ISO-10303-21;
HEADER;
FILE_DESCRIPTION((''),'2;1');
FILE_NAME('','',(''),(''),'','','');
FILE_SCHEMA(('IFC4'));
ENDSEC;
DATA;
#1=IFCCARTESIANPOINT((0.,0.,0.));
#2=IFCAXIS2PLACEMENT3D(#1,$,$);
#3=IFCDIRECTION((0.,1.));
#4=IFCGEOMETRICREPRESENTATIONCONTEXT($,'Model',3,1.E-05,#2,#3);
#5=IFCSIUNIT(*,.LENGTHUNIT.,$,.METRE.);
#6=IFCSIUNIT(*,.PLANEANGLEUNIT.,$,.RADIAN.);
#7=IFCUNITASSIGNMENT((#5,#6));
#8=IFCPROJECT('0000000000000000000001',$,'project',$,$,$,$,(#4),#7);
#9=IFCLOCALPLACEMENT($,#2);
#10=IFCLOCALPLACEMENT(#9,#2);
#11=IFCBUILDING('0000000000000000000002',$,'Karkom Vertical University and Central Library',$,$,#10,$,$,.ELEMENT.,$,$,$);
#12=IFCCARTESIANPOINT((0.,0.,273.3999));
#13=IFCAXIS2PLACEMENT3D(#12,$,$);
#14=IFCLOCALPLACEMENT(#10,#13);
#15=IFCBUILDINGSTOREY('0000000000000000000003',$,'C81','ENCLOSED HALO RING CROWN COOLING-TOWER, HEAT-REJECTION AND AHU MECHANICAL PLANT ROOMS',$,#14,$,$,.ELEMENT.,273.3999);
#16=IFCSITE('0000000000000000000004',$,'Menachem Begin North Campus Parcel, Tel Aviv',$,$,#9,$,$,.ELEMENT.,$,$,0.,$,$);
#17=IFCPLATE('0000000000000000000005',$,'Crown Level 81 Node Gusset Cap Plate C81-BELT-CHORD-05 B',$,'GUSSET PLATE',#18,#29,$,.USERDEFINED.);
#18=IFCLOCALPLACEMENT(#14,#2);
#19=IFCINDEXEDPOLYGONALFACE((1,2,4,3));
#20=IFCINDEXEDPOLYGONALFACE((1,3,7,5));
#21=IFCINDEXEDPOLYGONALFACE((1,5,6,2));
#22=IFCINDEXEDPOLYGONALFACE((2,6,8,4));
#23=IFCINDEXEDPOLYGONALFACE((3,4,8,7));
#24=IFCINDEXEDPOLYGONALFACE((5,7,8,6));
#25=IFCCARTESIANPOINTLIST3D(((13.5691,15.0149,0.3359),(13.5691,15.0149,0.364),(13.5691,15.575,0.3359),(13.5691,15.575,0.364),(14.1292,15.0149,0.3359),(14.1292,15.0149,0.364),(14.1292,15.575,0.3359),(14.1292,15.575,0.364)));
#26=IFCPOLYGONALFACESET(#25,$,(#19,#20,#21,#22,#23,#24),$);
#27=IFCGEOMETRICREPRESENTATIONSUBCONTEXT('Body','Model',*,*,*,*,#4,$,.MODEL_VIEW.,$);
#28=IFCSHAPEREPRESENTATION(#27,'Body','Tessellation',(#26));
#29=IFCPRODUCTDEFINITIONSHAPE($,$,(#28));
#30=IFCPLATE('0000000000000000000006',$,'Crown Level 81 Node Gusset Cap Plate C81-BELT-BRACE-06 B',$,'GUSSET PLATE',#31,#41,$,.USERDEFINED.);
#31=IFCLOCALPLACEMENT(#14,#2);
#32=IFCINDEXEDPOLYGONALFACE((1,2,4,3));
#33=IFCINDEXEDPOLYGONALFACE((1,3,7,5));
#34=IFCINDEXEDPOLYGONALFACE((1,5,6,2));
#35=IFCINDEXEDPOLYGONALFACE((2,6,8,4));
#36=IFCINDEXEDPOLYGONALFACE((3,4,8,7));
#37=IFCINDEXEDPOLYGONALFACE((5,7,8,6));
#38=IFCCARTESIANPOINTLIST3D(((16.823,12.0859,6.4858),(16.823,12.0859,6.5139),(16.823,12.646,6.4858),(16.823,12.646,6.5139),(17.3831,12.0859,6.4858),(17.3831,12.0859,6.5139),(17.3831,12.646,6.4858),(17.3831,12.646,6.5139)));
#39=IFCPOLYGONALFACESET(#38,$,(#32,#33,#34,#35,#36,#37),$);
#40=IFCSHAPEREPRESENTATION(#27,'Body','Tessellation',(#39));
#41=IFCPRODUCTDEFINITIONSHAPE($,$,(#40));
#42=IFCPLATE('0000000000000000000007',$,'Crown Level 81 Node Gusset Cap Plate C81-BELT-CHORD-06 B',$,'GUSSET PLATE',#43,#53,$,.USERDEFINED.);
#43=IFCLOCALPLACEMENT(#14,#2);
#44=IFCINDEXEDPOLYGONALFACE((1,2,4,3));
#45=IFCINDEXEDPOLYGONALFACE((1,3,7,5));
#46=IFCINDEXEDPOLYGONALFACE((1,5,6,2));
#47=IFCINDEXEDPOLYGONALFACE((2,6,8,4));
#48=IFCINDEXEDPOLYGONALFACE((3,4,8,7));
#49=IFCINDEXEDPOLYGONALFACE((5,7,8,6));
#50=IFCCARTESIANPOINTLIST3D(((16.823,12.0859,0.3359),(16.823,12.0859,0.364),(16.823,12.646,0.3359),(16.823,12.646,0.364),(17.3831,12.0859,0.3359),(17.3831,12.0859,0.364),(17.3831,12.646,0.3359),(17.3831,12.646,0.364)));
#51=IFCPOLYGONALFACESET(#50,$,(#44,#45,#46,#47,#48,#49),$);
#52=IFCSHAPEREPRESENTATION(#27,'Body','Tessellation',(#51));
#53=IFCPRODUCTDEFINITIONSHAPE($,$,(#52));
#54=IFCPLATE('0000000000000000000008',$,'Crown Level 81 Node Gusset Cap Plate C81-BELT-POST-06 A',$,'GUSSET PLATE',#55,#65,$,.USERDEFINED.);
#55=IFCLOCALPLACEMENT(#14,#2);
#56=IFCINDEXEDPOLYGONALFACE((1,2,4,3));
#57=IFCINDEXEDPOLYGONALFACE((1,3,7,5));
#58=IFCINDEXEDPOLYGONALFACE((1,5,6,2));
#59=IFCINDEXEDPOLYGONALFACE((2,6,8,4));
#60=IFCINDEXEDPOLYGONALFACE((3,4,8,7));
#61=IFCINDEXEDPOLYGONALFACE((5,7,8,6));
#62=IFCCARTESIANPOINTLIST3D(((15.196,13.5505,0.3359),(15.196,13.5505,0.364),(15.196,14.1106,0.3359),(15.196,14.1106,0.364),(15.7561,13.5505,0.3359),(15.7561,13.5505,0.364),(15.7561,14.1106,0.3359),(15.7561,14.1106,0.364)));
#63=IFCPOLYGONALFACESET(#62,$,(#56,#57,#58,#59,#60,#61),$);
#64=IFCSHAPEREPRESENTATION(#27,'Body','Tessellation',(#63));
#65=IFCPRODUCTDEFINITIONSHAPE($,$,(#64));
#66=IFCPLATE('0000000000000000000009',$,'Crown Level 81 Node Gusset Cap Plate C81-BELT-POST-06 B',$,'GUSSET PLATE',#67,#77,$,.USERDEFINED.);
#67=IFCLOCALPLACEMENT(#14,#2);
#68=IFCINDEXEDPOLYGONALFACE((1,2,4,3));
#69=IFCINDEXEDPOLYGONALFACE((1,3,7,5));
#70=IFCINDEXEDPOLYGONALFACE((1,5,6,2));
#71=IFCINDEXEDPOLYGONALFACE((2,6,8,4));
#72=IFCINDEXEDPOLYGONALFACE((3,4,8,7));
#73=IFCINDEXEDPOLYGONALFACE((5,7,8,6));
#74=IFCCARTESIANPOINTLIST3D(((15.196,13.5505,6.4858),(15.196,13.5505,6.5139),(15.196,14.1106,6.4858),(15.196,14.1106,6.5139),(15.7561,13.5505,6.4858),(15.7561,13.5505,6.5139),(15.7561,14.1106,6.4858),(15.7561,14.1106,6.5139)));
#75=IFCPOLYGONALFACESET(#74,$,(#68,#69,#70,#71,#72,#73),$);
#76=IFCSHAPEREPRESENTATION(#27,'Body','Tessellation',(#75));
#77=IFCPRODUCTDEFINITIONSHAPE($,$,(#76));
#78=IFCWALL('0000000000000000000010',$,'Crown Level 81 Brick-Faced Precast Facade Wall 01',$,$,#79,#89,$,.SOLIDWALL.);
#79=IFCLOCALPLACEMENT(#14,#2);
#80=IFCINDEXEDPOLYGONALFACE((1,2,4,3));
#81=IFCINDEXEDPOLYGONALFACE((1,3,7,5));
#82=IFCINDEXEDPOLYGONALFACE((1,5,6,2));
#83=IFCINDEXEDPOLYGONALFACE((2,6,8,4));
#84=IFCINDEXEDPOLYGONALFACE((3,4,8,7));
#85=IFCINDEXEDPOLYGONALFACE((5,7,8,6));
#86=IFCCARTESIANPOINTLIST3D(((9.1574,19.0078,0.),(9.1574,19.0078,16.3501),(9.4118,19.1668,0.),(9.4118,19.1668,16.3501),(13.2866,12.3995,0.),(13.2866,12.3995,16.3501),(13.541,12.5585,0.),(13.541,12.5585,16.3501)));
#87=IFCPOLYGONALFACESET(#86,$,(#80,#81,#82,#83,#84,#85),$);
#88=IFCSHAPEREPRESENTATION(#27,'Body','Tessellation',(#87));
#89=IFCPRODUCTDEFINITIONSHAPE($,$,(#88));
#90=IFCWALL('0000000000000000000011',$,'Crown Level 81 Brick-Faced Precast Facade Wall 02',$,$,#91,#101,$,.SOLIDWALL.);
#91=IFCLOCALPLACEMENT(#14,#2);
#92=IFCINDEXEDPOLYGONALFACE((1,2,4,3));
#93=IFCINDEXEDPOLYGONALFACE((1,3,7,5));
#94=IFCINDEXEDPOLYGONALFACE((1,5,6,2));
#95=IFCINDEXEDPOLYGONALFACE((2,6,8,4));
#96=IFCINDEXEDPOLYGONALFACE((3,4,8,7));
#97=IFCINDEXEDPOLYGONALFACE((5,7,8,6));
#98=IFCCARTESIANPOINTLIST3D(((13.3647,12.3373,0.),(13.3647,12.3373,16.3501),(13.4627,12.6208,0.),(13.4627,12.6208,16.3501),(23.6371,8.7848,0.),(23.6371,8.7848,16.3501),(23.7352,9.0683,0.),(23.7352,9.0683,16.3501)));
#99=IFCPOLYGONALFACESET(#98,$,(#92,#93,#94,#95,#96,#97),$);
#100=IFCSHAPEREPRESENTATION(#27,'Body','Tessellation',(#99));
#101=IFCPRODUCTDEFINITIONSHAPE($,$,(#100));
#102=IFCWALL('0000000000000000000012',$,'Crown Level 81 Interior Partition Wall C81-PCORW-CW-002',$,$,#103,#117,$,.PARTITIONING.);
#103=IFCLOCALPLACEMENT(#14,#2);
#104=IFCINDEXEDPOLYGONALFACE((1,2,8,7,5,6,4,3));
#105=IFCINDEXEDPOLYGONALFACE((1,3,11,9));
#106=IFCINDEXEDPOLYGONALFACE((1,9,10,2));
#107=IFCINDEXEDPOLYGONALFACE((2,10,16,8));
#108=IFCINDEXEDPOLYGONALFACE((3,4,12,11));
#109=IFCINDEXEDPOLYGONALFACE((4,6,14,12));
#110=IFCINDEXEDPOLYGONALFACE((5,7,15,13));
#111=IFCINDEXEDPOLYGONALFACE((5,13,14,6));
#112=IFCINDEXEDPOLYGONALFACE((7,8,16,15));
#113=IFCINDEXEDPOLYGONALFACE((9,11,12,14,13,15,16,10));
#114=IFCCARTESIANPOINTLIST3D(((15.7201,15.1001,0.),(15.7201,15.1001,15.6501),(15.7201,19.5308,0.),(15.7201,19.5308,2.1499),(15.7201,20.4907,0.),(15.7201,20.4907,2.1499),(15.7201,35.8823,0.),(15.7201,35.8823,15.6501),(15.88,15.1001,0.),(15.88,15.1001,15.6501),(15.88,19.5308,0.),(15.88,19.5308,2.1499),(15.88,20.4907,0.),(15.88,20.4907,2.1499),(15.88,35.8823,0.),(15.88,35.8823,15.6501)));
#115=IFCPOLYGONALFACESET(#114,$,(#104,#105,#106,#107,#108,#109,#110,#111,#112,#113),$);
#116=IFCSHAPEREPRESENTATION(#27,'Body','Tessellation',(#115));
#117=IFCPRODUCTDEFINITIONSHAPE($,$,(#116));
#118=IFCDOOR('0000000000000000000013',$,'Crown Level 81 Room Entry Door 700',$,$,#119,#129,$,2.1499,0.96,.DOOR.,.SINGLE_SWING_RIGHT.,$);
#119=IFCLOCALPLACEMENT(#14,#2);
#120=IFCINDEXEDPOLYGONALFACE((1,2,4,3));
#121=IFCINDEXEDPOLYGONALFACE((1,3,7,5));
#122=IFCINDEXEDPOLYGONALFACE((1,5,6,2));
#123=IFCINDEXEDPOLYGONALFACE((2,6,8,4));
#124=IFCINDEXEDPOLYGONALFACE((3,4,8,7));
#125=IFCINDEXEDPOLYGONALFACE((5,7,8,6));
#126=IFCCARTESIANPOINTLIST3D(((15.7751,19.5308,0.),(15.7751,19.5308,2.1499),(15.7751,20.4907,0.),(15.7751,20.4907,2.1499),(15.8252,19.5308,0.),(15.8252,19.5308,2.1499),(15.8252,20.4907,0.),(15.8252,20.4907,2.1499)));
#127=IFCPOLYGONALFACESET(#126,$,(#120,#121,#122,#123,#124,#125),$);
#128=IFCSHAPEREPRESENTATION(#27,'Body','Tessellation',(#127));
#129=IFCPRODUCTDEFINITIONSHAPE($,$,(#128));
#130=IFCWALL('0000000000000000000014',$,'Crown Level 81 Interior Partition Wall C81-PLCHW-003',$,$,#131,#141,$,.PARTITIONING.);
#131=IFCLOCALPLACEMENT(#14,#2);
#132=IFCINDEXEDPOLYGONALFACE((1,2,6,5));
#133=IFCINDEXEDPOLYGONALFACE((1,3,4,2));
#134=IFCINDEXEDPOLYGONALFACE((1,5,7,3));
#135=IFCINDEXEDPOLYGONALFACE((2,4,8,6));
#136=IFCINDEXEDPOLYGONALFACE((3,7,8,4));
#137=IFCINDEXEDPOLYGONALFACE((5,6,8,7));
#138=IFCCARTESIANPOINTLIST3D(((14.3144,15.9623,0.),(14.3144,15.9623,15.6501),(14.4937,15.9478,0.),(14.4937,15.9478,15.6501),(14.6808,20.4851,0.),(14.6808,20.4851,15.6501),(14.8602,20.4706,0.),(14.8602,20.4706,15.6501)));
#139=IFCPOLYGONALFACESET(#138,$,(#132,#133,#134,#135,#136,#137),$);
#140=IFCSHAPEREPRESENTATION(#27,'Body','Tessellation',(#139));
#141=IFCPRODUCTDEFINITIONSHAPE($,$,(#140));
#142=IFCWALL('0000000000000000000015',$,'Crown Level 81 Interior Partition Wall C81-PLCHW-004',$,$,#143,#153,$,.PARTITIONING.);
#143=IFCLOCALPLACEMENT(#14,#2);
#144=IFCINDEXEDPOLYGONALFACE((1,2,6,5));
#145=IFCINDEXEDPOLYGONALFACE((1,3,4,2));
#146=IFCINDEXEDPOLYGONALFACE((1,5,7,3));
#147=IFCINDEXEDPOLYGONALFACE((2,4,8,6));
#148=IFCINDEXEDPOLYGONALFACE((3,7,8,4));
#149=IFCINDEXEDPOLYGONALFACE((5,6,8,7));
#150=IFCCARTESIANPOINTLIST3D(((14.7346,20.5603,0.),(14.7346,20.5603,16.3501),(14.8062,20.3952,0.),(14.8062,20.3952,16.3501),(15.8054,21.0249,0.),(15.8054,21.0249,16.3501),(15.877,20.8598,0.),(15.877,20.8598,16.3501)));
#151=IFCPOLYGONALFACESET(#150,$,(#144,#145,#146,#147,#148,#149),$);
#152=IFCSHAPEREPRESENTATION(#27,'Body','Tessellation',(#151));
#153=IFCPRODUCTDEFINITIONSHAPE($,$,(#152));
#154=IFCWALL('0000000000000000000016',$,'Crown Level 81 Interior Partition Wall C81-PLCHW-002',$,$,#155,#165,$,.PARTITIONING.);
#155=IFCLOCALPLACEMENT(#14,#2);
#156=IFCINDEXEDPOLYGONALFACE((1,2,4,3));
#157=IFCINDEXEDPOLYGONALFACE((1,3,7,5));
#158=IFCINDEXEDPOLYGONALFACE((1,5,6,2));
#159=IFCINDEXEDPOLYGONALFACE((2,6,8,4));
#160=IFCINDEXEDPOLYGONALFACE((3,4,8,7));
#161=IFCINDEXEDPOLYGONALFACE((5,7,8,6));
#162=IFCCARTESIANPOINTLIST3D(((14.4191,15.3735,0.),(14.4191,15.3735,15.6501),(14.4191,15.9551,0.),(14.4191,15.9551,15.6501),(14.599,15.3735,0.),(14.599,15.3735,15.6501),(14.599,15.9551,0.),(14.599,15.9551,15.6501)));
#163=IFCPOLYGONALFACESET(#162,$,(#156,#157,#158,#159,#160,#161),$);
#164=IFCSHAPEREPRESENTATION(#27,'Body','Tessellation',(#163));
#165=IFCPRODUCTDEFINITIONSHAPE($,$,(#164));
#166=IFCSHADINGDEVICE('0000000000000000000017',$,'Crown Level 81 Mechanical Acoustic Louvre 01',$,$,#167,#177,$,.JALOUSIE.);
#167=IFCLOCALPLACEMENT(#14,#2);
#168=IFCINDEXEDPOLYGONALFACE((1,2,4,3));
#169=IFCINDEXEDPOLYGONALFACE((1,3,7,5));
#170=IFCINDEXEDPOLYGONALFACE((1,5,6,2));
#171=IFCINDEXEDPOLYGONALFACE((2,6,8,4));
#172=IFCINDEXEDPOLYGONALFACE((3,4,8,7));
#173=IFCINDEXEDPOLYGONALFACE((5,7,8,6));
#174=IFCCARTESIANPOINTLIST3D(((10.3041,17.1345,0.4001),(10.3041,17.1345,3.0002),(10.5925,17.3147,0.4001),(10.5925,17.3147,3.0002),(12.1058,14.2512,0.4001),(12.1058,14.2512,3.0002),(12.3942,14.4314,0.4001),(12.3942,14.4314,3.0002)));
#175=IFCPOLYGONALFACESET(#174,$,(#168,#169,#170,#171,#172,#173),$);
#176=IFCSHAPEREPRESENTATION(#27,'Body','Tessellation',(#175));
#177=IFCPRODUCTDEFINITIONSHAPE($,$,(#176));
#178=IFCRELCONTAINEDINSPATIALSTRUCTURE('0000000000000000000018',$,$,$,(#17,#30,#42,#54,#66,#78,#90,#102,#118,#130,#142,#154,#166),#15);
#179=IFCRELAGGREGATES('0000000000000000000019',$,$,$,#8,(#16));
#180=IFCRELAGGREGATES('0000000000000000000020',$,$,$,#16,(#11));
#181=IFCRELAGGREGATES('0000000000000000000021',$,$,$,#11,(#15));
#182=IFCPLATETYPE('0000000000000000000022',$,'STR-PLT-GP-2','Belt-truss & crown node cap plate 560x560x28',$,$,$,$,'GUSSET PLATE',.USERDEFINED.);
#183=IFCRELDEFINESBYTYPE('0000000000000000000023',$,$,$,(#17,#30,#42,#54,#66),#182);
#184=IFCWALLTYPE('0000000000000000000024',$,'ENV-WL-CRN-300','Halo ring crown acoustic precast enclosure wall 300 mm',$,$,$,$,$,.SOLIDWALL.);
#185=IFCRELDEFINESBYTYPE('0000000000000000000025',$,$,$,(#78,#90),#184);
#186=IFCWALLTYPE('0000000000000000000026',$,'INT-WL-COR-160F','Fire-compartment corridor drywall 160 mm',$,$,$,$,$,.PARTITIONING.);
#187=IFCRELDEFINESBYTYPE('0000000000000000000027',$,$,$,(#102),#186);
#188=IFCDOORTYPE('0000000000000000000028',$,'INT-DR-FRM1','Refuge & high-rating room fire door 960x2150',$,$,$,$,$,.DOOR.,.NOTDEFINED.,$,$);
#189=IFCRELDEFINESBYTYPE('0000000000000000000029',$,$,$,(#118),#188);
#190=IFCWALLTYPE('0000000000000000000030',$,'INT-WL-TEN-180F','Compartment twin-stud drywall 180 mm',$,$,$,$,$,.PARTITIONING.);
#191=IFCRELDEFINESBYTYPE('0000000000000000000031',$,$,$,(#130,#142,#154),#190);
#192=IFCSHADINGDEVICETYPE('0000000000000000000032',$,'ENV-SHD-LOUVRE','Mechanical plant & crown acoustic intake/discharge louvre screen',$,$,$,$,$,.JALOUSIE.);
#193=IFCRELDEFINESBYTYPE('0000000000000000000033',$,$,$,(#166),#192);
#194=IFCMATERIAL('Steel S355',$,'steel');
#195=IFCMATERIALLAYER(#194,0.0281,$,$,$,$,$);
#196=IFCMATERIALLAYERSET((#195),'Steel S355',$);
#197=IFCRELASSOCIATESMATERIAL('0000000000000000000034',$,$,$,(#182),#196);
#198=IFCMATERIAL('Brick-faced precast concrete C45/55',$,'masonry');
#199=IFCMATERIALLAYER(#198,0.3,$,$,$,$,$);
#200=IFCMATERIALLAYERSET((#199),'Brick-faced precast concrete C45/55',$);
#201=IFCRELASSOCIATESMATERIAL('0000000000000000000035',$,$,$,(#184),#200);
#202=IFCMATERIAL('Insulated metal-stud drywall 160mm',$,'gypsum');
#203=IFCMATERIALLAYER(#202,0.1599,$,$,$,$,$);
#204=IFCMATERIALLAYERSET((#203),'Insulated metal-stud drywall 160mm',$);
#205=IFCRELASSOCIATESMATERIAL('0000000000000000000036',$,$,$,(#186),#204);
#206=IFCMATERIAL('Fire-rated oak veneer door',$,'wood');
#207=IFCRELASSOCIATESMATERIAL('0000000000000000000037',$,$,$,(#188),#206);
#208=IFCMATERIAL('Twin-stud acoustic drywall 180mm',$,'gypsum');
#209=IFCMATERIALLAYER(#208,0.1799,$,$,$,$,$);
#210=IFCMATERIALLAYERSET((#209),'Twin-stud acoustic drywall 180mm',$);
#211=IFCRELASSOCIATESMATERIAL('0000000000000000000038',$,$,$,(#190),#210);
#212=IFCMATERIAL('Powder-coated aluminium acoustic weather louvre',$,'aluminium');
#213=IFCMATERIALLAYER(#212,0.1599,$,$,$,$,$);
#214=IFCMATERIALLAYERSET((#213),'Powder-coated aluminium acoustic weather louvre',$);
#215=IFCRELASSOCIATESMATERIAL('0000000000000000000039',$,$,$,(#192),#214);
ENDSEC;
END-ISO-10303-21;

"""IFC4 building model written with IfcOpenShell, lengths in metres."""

from ifc_helpers import new_model, si_unit, direction, frame, frame_2d, origin, origin_with_axes, origin_2d, place, context, subcontext, project, spatial, rectangle, extrude, source, transform, mapped, material, layer, layer_set, type_object, element, fill, save


model = new_model("IFC4")

# Units and contexts
model_context = context("Model", 3, precision=1e-05, world=origin(), true_north=direction((0.0, 1.0)))
body_context = subcontext(model_context, "Body", "Model", "MODEL_VIEW")
ifc_project = project(units=[si_unit("LENGTHUNIT", "METRE"), si_unit("PLANEANGLEUNIT", "RADIAN")], contexts=[model_context])

# Site, building, storey
site_placement = place(None, origin())
site = spatial("IfcSite", under=ifc_project, at=site_placement, Name="Menachem Begin North Campus Parcel, Tel Aviv", CompositionType="ELEMENT", RefElevation=0.0)
building_placement = place(site_placement, origin())
building = spatial("IfcBuilding", under=site, at=building_placement, Name="Karkom Vertical University and Central Library", CompositionType="ELEMENT")
storey_placement = place(building_placement, frame((0.0, 0.0, 273.3999)))
storey = spatial("IfcBuildingStorey", under=building, at=storey_placement, Name="C81", Description="ENCLOSED HALO RING CROWN COOLING-TOWER, HEAT-REJECTION AND AHU MECHANICAL PLANT ROOMS", CompositionType="ELEMENT", Elevation=273.3999)

# Shared definitions
ifc_material_1 = material(Name="Steel S355", Category="steel")

# Plates
ifc_layer_1 = layer(ifc_material_1, 0.0281)
ifc_layer_set_1 = layer_set([ifc_layer_1], Name="Steel S355")
plate_type = type_object("IfcPlateType", Name="STR-PLT-GP-2", Description="Belt-truss & crown node cap plate 560x560x28", ElementType="GUSSET PLATE", PredefinedType="USERDEFINED", material=ifc_layer_set_1)
shared_shape_1 = source(origin_with_axes(), body_context, "Body", "SweptSolid", [
    extrude(rectangle(XDim=0.5601, YDim=0.5601, at=origin_2d()), origin(), (0.0, 0.0, 1.0), 0.0281),
])
for number, where, z_axis, x_axis, name in (
    (1, (13.8491, 15.2949, 0.3359), (0.0, 0.0, 1.0), (1.0, 0.0, 0.0), "Crown Level 81 Node Gusset Cap Plate C81-BELT-CHORD-05 B"),
    (2, (17.103, 12.366, 6.4858), (0.0, 0.0, 1.0), (1.0, 0.0, 0.0), "Crown Level 81 Node Gusset Cap Plate C81-BELT-BRACE-06 B"),
    (3, (17.103, 12.366, 0.3359), (0.0, 0.0, 1.0), (1.0, 0.0, 0.0), "Crown Level 81 Node Gusset Cap Plate C81-BELT-CHORD-06 B"),
    (4, (15.4761, 13.8306, 0.3359), (0.0, 0.0, 1.0), (1.0, 0.0, 0.0), "Crown Level 81 Node Gusset Cap Plate C81-BELT-POST-06 A"),
    (5, (15.4761, 13.8306, 6.4858), (0.0, 0.0, 1.0), (1.0, 0.0, 0.0), "Crown Level 81 Node Gusset Cap Plate C81-BELT-POST-06 B"),
):
    element("IfcPlate", number, at=place(storey_placement, frame(where, z_axis=z_axis, x_axis=x_axis)), inside=storey, type_object=plate_type, Name=name, ObjectType="GUSSET PLATE", PredefinedType="USERDEFINED", context=body_context, shape_type="MappedRepresentation", body=[
        mapped(shared_shape_1, transform((0.0, 0.0, 0.0), scale=1.0)),
    ])

# Walls
ifc_material_2 = material(Name="Brick-faced precast concrete C45/55", Category="masonry")
ifc_layer_2 = layer(ifc_material_2, 0.3)
ifc_layer_set_2 = layer_set([ifc_layer_2], Name="Brick-faced precast concrete C45/55")
wall_type_1 = type_object("IfcWallType", Name="ENV-WL-CRN-300", Description="Halo ring crown acoustic precast enclosure wall 300 mm", PredefinedType="SOLIDWALL", material=ifc_layer_set_2)
wall_1_placement = place(storey_placement, frame((9.2847, 19.0872, 0.0), z_axis=(0.0, 0.0, 1.0), x_axis=(0.529912, -0.848053, 0.0)))
element("IfcWall", 6, at=wall_1_placement, inside=storey, type_object=wall_type_1, Name="Crown Level 81 Brick-Faced Precast Facade Wall 01", PredefinedType="SOLIDWALL", context=body_context, shape_type="SweptSolid", body=[
    extrude(rectangle(XDim=7.7922, YDim=0.3, at=frame_2d((3.896, 0.0))), origin(), (0.0, 0.0, 1.0), 16.3501),
])
wall_2_placement = place(storey_placement, frame((13.4138, 12.479, 0.0), z_axis=(0.0, 0.0, 1.0), x_axis=(0.945082, -0.326834, 0.0)))
element("IfcWall", 7, at=wall_2_placement, inside=storey, type_object=wall_type_1, Name="Crown Level 81 Brick-Faced Precast Facade Wall 02", PredefinedType="SOLIDWALL", context=body_context, shape_type="SweptSolid", body=[
    extrude(rectangle(XDim=10.8694, YDim=0.3, at=frame_2d((5.4346, 0.0))), origin(), (0.0, 0.0, 1.0), 16.3501),
])

# Wall, opening, door
ifc_material_3 = material(Name="Insulated metal-stud drywall 160mm", Category="gypsum")
ifc_layer_3 = layer(ifc_material_3, 0.1599)
ifc_layer_set_3 = layer_set([ifc_layer_3], Name="Insulated metal-stud drywall 160mm")
wall_type_2 = type_object("IfcWallType", Name="INT-WL-COR-160F", Description="Fire-compartment corridor drywall 160 mm", PredefinedType="PARTITIONING", material=ifc_layer_set_3)
wall_3_placement = place(storey_placement, frame((15.8, 15.1001, 0.0), z_axis=(0.0, 0.0, 1.0), x_axis=(0.0, 1.0, 0.0)))
wall_3 = element("IfcWall", 8, at=wall_3_placement, inside=storey, type_object=wall_type_2, Name="Crown Level 81 Interior Partition Wall C81-PCORW-CW-002", PredefinedType="PARTITIONING", context=body_context, shape_type="SweptSolid", body=[
    extrude(rectangle(XDim=20.7822, YDim=0.1599, at=frame_2d((10.3911, 0.0))), origin(), (0.0, 0.0, 1.0), 15.6501),
])
opening_placement = place(wall_3_placement, frame((4.4307, 0.0, 0.0)))
opening = element("IfcOpeningElement", 9, at=opening_placement, cuts=wall_3, PredefinedType="OPENING", context=body_context, shape_type="SweptSolid", body=[
    extrude(rectangle(XDim=0.96, YDim=2.1499, at=frame_2d((0.48, 1.075))), frame((0.0, 0.0898, 0.0), z_axis=(0.0, -1.0, 0.0), x_axis=(1.0, 0.0, 0.0)), (0.0, 0.0, 1.0), 0.1799),
])
ifc_material_4 = material(Name="Fire-rated oak veneer door", Category="wood")
door_type = type_object("IfcDoorType", Name="INT-DR-FRM1", Description="Refuge & high-rating room fire door 960x2150", OperationType="NOTDEFINED", PredefinedType="DOOR", material=ifc_material_4)
shared_shape_2 = source(origin_with_axes(), body_context, "Body", "SweptSolid", [
    extrude(rectangle(XDim=0.96, YDim=2.1499, at=frame_2d((0.48, 1.075))), frame((0.0, 0.0249, 0.0), z_axis=(0.0, -1.0, 0.0), x_axis=(1.0, 0.0, 0.0)), (0.0, 0.0, 1.0), 0.05),
])
door_placement = place(opening_placement, origin())
door = element("IfcDoor", 10, at=door_placement, inside=storey, type_object=door_type, Name="Crown Level 81 Room Entry Door 700", OperationType="SINGLE_SWING_RIGHT", OverallHeight=2.1499, OverallWidth=0.96, PredefinedType="DOOR", context=body_context, shape_type="MappedRepresentation", body=[
    mapped(shared_shape_2, transform((0.0, 0.0, 0.0), scale=1.0)),
])
fill(opening, door)

# Walls
ifc_material_5 = material(Name="Twin-stud acoustic drywall 180mm", Category="gypsum")
ifc_layer_4 = layer(ifc_material_5, 0.1799)
ifc_layer_set_4 = layer_set([ifc_layer_4], Name="Twin-stud acoustic drywall 180mm")
wall_type_3 = type_object("IfcWallType", Name="INT-WL-TEN-180F", Description="Compartment twin-stud drywall 180 mm", PredefinedType="PARTITIONING", material=ifc_layer_set_4)
wall_4_placement = place(storey_placement, frame((14.4041, 15.9551, 0.0), z_axis=(0.0, 0.0, 1.0), x_axis=(0.080761, 0.996733, 0.0)))
element("IfcWall", 11, at=wall_4_placement, inside=storey, type_object=wall_type_3, Name="Crown Level 81 Interior Partition Wall C81-PLCHW-003", PredefinedType="PARTITIONING", context=body_context, shape_type="SweptSolid", body=[
    extrude(rectangle(XDim=4.5376, YDim=0.1799, at=frame_2d((2.2688, 0.0))), origin(), (0.0, 0.0, 1.0), 15.6501),
])
wall_5_placement = place(storey_placement, frame((14.7705, 20.4778, 0.0), z_axis=(0.0, 0.0, 1.0), x_axis=(0.917372, 0.39803, 0.0)))
element("IfcWall", 12, at=wall_5_placement, inside=storey, type_object=wall_type_3, Name="Crown Level 81 Interior Partition Wall C81-PLCHW-004", PredefinedType="PARTITIONING", context=body_context, shape_type="SweptSolid", body=[
    extrude(rectangle(XDim=1.1672, YDim=0.1799, at=frame_2d((0.5835, 0.0))), origin(), (0.0, 0.0, 1.0), 16.3501),
])
wall_6_placement = place(storey_placement, frame((14.509, 15.3735, 0.0), z_axis=(0.0, 0.0, 1.0), x_axis=(0.0, 1.0, 0.0)))
element("IfcWall", 13, at=wall_6_placement, inside=storey, type_object=wall_type_3, Name="Crown Level 81 Interior Partition Wall C81-PLCHW-002", PredefinedType="PARTITIONING", context=body_context, shape_type="SweptSolid", body=[
    extrude(rectangle(XDim=0.5815, YDim=0.1799, at=frame_2d((0.2908, 0.0))), origin(), (0.0, 0.0, 1.0), 15.6501),
])

# Shading device
ifc_material_6 = material(Name="Powder-coated aluminium acoustic weather louvre", Category="aluminium")
ifc_layer_5 = layer(ifc_material_6, 0.1599)
ifc_layer_set_5 = layer_set([ifc_layer_5], Name="Powder-coated aluminium acoustic weather louvre")
shading_device_type = type_object("IfcShadingDeviceType", Name="ENV-SHD-LOUVRE", Description="Mechanical plant & crown acoustic intake/discharge louvre screen", PredefinedType="JALOUSIE", material=ifc_layer_set_5)
shared_shape_3 = source(origin_with_axes(), body_context, "Body", "SweptSolid", [
    extrude(rectangle(XDim=3.3999, YDim=0.3401, at=origin_2d()), origin(), (0.0, 0.0, 1.0), 2.6001),
])
shading_device_placement = place(storey_placement, frame((11.3491, 15.783, 0.4001), z_axis=(0.0, 0.0, 1.0), x_axis=(0.529919, -0.848048, 0.0)))
element("IfcShadingDevice", 14, at=shading_device_placement, inside=storey, type_object=shading_device_type, Name="Crown Level 81 Mechanical Acoustic Louvre 01", PredefinedType="JALOUSIE", context=body_context, shape_type="MappedRepresentation", body=[
    mapped(shared_shape_3, transform((0.0, 0.0, 0.0), scale=1.0)),
])

save(model, "model.ifc")
